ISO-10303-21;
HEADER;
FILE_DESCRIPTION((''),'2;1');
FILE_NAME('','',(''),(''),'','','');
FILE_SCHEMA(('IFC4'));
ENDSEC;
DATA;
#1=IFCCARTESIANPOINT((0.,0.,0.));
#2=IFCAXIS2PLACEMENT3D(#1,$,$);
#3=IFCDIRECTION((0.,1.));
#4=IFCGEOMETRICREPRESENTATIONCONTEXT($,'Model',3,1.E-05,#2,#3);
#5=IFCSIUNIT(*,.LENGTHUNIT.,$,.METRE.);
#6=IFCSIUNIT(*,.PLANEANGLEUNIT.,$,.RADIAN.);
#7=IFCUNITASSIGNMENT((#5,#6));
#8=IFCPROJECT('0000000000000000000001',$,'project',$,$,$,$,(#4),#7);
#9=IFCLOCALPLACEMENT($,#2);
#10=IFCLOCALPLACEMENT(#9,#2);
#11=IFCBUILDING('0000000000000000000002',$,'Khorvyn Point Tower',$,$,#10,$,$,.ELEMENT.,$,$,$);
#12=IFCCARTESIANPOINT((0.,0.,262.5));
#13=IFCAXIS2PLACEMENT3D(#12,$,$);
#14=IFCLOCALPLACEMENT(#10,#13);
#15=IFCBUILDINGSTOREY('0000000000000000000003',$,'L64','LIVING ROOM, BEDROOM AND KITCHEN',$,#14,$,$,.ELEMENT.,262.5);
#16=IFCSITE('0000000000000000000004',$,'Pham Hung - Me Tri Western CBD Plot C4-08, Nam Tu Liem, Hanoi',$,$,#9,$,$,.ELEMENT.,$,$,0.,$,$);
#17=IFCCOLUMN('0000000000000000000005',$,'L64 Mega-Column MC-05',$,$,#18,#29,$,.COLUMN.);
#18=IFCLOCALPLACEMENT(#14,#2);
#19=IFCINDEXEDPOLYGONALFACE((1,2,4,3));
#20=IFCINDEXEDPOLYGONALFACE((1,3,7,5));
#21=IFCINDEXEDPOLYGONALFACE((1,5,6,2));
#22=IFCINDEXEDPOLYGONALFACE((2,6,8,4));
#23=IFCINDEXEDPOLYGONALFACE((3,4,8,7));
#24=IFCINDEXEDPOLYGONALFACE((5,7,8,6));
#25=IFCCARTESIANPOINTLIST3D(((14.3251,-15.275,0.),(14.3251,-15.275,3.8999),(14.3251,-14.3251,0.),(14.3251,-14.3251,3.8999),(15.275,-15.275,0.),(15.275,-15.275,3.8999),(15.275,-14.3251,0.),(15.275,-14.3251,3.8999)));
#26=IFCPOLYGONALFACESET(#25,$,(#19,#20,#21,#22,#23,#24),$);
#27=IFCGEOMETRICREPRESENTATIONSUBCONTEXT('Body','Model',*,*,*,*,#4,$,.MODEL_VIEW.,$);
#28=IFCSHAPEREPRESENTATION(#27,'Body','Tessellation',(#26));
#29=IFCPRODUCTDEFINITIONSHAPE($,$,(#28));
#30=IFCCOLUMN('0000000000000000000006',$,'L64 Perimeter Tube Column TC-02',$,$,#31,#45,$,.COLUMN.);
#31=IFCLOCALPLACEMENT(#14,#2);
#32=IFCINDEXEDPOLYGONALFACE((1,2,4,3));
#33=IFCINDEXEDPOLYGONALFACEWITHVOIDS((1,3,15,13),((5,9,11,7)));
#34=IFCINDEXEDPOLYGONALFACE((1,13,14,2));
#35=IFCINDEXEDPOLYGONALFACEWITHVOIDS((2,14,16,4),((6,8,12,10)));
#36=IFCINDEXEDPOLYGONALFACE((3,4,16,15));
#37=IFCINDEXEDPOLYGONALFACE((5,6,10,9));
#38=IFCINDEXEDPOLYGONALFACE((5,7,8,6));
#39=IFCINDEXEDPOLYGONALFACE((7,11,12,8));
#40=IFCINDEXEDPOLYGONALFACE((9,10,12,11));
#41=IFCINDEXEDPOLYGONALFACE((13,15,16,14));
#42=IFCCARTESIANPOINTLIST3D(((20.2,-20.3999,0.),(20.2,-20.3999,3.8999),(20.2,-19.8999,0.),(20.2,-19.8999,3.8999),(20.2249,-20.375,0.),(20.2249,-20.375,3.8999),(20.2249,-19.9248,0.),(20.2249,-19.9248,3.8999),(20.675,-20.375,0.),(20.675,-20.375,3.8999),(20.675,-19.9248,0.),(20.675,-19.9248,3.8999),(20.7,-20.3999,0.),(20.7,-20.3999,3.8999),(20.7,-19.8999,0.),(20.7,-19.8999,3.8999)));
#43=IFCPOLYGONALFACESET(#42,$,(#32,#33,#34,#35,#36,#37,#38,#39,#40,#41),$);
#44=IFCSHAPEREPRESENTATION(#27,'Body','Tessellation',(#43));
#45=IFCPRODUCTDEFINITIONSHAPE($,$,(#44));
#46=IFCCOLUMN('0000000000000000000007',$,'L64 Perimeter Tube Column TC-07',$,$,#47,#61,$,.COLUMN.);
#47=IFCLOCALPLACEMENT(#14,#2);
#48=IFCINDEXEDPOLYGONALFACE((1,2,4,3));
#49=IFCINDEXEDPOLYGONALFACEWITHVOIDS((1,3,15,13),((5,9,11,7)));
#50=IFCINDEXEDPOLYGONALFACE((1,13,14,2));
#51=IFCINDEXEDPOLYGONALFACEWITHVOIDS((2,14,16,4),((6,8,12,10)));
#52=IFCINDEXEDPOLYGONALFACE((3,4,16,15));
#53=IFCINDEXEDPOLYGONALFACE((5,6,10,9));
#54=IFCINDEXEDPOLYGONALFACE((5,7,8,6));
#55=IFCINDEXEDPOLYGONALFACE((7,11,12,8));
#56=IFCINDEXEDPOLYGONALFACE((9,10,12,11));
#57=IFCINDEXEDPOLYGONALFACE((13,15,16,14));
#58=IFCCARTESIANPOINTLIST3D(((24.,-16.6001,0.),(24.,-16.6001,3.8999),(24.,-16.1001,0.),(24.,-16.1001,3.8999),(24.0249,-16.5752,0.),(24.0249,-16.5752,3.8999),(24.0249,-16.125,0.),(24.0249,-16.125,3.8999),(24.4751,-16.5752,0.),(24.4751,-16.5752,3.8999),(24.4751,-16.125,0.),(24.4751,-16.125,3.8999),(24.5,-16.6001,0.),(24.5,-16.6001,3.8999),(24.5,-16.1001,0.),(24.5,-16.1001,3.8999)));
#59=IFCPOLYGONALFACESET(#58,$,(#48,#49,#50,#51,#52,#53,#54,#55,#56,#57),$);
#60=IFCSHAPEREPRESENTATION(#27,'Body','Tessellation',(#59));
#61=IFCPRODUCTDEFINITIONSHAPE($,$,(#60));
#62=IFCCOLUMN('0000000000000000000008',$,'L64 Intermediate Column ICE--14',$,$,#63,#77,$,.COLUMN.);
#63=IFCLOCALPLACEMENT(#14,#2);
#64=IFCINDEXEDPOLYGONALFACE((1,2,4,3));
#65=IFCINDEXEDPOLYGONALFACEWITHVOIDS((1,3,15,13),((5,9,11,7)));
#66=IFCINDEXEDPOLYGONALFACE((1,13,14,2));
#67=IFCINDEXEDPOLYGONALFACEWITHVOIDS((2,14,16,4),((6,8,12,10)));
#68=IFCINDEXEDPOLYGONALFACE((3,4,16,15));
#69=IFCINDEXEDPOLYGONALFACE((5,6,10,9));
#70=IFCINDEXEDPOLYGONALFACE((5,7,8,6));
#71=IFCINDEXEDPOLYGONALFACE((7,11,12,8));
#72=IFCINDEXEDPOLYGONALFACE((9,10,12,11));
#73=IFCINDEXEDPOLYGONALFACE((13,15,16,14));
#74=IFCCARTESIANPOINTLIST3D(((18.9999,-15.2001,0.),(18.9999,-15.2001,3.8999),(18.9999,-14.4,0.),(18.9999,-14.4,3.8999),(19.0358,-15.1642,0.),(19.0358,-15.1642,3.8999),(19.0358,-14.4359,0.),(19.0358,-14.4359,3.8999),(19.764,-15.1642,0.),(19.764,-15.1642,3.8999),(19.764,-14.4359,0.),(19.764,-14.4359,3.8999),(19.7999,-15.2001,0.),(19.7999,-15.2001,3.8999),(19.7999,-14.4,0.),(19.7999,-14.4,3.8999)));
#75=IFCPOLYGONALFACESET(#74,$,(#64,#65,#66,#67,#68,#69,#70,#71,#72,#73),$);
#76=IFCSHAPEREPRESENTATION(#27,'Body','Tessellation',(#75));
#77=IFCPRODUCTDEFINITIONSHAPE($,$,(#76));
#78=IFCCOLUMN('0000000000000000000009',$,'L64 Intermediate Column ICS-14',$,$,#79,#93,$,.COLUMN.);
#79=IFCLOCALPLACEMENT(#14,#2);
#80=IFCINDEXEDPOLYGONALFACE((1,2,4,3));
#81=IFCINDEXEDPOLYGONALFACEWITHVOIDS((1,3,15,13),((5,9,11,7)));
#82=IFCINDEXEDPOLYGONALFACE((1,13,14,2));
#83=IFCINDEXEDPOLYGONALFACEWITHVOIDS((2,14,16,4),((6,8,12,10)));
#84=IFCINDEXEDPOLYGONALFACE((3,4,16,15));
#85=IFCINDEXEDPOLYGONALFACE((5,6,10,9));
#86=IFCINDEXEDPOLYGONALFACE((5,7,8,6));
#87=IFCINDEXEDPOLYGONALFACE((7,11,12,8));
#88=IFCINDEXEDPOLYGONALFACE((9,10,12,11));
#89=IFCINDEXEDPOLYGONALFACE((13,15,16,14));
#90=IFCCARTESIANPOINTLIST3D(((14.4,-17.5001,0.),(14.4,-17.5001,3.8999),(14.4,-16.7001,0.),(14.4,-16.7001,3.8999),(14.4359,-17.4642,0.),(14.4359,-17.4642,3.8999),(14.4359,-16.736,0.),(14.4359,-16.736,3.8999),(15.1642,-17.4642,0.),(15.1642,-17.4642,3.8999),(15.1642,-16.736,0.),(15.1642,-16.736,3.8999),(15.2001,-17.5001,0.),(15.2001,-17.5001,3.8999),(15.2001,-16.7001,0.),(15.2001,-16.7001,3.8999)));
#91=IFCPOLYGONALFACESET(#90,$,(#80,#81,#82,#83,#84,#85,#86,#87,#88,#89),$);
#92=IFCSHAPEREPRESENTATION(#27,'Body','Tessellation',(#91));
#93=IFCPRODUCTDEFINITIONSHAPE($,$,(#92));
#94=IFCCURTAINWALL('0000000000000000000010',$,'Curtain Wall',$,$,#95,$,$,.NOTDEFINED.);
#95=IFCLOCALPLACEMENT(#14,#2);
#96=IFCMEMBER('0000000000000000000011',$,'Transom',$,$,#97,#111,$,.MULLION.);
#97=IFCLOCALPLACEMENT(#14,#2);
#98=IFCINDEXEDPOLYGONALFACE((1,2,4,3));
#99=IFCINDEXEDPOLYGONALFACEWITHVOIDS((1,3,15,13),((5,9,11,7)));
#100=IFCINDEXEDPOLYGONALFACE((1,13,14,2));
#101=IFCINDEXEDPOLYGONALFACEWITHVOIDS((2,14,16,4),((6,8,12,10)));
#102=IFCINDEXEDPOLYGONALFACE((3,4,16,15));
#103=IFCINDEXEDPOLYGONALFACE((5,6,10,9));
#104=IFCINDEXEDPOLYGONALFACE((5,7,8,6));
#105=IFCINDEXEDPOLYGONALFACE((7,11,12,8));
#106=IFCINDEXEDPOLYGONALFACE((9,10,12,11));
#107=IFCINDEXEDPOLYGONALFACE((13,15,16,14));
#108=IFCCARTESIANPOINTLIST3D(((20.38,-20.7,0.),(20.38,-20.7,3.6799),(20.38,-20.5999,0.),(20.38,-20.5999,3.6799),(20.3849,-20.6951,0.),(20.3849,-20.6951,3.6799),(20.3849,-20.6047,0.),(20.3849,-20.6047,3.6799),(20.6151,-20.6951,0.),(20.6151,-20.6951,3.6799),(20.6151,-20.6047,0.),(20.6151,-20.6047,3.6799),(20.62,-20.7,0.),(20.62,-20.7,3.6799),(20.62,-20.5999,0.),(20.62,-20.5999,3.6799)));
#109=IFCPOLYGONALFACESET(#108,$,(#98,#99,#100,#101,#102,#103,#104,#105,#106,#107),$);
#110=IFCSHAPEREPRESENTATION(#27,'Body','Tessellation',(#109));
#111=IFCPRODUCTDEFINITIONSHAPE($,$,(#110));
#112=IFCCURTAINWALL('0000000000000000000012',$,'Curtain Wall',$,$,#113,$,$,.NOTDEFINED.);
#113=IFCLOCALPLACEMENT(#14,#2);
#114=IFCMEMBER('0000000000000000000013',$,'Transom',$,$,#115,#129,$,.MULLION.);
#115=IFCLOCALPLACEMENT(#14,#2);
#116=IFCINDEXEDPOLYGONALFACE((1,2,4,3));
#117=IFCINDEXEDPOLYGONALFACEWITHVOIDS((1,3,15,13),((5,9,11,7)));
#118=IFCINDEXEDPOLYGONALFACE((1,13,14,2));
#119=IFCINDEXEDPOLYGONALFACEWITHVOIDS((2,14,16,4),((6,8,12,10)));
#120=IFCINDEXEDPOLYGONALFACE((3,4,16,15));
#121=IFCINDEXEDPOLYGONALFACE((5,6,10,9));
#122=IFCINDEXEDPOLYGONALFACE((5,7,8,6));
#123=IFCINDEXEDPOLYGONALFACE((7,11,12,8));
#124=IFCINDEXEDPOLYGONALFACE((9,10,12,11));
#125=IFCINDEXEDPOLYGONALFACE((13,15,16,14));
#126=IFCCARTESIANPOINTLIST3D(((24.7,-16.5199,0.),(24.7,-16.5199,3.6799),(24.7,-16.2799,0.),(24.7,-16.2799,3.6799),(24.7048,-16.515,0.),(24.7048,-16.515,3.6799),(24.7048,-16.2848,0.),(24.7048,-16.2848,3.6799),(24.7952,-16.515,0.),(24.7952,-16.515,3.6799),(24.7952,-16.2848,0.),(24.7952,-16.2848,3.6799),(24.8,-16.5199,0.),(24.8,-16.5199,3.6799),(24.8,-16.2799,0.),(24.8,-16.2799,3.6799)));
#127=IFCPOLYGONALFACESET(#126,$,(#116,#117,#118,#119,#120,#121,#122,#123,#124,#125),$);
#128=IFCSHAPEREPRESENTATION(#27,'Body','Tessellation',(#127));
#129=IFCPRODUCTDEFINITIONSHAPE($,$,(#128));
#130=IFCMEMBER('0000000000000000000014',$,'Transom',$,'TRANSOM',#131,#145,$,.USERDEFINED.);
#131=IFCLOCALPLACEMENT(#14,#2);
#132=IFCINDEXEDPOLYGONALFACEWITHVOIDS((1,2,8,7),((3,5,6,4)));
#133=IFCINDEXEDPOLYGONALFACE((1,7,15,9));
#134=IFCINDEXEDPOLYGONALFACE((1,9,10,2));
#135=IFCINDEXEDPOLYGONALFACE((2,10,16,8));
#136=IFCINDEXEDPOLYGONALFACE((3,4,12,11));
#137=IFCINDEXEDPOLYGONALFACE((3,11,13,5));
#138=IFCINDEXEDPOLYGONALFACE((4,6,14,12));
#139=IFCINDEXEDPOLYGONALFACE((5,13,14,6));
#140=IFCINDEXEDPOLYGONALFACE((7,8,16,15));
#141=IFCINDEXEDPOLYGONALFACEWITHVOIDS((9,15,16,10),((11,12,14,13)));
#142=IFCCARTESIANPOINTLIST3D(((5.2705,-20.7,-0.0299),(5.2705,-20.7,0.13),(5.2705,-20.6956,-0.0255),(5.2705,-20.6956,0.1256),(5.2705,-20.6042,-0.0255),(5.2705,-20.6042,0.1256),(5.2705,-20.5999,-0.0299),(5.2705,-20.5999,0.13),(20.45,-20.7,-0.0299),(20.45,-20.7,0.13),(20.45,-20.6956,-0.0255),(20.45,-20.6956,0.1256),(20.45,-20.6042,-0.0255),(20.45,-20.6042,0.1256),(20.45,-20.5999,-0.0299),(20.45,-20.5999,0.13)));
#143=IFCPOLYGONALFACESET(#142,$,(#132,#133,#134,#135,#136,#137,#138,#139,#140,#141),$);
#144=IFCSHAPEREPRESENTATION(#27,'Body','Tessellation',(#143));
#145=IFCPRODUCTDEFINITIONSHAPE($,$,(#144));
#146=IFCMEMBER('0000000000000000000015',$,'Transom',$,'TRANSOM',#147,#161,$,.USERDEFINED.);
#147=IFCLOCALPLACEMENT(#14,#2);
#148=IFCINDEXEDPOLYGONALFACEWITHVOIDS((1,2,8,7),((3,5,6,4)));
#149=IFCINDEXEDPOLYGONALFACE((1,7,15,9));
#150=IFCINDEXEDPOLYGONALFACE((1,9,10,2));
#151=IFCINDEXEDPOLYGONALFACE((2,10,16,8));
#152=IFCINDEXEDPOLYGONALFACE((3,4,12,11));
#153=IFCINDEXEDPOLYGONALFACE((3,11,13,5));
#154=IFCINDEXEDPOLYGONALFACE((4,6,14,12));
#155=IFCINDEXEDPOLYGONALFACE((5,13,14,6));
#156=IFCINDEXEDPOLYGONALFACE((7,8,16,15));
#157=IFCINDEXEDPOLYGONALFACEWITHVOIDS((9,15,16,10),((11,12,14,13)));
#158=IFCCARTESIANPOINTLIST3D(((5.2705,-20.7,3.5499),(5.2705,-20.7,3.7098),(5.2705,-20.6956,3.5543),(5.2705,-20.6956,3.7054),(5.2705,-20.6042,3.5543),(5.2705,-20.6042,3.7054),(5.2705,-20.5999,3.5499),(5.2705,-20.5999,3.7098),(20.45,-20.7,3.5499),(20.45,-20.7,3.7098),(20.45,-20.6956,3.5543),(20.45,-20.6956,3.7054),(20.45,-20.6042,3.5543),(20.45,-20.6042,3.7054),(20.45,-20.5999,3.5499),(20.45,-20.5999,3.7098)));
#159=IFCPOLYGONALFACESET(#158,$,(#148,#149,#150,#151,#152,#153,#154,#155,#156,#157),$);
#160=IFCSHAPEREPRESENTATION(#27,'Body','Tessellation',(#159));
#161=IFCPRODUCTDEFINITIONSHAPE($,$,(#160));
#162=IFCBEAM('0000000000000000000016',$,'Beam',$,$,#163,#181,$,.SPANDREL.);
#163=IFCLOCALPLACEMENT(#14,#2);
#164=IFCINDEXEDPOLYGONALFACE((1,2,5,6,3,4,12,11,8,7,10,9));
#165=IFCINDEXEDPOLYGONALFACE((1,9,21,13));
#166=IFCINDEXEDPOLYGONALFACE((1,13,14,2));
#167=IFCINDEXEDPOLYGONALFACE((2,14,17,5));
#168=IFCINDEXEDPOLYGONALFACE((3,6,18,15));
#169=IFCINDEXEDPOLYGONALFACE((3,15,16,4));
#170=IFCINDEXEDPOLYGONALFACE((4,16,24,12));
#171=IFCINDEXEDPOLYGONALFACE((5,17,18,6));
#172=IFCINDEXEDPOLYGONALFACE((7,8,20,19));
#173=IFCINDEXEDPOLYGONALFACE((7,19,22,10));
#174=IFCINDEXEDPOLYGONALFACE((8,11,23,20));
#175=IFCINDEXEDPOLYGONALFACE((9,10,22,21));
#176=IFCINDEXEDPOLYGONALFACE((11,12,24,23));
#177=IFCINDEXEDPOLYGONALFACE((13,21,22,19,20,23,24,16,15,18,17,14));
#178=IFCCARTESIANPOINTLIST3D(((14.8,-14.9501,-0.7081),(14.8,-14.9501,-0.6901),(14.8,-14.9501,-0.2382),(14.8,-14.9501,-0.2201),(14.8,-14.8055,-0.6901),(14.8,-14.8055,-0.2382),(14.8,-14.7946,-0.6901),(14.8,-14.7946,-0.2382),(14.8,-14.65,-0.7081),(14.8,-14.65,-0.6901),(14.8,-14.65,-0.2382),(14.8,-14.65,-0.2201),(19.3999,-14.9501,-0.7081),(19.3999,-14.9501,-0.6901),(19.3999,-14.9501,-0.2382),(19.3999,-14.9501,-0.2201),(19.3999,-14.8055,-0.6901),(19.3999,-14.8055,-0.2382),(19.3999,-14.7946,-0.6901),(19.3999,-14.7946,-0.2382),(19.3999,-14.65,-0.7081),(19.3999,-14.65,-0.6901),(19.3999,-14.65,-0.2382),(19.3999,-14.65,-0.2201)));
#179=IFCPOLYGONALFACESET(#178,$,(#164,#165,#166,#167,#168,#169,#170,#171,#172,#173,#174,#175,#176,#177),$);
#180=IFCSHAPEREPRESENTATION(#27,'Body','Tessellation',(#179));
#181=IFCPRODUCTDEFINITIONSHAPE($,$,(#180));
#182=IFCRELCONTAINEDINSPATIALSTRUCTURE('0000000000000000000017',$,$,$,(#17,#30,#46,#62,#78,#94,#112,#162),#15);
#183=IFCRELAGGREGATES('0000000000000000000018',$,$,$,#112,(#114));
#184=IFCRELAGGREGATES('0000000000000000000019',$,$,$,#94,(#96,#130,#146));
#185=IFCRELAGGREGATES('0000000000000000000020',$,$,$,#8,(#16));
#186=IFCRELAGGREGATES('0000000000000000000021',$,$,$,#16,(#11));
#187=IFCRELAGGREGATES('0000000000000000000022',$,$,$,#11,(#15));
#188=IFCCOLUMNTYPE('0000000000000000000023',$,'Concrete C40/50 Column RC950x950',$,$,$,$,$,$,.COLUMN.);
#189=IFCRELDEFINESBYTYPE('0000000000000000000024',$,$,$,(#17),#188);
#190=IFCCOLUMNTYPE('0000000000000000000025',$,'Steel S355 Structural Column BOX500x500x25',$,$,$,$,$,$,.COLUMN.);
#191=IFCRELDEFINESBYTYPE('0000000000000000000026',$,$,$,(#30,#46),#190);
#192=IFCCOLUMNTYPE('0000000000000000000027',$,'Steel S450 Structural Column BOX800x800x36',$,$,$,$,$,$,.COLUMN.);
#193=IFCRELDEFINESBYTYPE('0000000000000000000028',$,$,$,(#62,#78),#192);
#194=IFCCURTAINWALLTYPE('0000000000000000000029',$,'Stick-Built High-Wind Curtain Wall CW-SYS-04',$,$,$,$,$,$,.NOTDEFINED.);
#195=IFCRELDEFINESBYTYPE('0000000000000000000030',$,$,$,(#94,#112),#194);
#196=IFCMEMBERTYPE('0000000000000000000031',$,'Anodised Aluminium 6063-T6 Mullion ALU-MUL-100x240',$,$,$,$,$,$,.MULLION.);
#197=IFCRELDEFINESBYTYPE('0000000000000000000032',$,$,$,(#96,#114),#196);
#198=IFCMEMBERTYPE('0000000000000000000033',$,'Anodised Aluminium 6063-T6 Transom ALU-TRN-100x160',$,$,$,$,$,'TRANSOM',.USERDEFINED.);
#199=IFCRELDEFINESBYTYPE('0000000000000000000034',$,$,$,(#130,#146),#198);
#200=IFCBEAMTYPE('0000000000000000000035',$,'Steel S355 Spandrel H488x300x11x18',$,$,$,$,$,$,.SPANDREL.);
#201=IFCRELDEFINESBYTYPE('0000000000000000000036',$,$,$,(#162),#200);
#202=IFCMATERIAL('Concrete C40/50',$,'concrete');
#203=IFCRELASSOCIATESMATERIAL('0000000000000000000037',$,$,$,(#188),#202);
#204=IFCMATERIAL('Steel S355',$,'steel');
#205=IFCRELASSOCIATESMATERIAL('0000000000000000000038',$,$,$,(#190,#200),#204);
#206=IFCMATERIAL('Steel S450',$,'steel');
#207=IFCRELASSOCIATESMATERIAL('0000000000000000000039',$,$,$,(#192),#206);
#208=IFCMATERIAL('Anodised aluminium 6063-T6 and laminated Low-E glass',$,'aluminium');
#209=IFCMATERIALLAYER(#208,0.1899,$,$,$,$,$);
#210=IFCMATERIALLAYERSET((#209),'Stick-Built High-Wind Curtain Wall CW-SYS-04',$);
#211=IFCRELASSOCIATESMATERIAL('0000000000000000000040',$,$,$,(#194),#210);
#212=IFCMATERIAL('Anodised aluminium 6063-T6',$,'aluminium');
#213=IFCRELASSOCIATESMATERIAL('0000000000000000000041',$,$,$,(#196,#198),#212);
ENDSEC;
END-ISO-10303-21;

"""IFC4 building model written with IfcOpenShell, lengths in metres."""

from ifc_helpers import new_model, si_unit, direction, frame, origin, origin_2d, place, context, subcontext, project, spatial, rectangle, hollow_rectangle, i_section, extrude, material, layer, layer_set, material_profile, profile_set, type_object, element, aggregate, save


model = new_model("IFC4")

# Units and contexts
model_context = context("Model", 3, precision=1e-05, world=origin(), true_north=direction((0.0, 1.0)))
body_context = subcontext(model_context, "Body", "Model", "MODEL_VIEW")
ifc_project = project(units=[si_unit("LENGTHUNIT", "METRE"), si_unit("PLANEANGLEUNIT", "RADIAN")], contexts=[model_context])

# Site, building, storey
site_placement = place(None, origin())
site = spatial("IfcSite", under=ifc_project, at=site_placement, Name="Pham Hung - Me Tri Western CBD Plot C4-08, Nam Tu Liem, Hanoi", CompositionType="ELEMENT", RefElevation=0.0)
building_placement = place(site_placement, origin())
building = spatial("IfcBuilding", under=site, at=building_placement, Name="Khorvyn Point Tower", CompositionType="ELEMENT")
storey_placement = place(building_placement, frame((0.0, 0.0, 262.5)))
storey = spatial("IfcBuildingStorey", under=building, at=storey_placement, Name="L64", Description="LIVING ROOM, BEDROOM AND KITCHEN", CompositionType="ELEMENT", Elevation=262.5)

# Columns
ifc_material_1 = material(Name="Concrete C40/50", Category="concrete")
ifc_material_profile_1 = material_profile(ifc_material_1, rectangle(XDim=0.95, YDim=0.95, at=origin_2d()))
ifc_profile_set_1 = profile_set([ifc_material_profile_1], Name="Concrete C40/50 RC950x950")
column_type_1 = type_object("IfcColumnType", Name="Concrete C40/50 Column RC950x950", PredefinedType="COLUMN", material=ifc_profile_set_1)
column_placement = place(storey_placement, frame((14.8, -14.8, 0.0), z_axis=(0.0, 0.0, 1.0), x_axis=(1.0, 0.0, 0.0)))
element("IfcColumn", 1, at=column_placement, inside=storey, type_object=column_type_1, Name="L64 Mega-Column MC-05", PredefinedType="COLUMN", context=body_context, shape_type="SweptSolid", body=[
    extrude(rectangle(XDim=0.95, YDim=0.95, at=origin_2d()), origin(), (0.0, 0.0, 1.0), 3.8999),
])
ifc_material_2 = material(Name="Steel S355", Category="steel")
ifc_material_profile_2 = material_profile(ifc_material_2, hollow_rectangle(XDim=0.5, YDim=0.5, WallThickness=0.0249, at=origin_2d()))
ifc_profile_set_2 = profile_set([ifc_material_profile_2], Name="Steel S355 BOX500x500x25")
column_type_2 = type_object("IfcColumnType", Name="Steel S355 Structural Column BOX500x500x25", PredefinedType="COLUMN", material=ifc_profile_set_2)
for number, where, z_axis, x_axis, name in (
    (2, (20.45, -20.1499, 0.0), (0.0, 0.0, 1.0), (1.0, 0.0, 0.0), "L64 Perimeter Tube Column TC-02"),
    (3, (24.25, -16.3501, 0.0), (0.0, 0.0, 1.0), (1.0, 0.0, 0.0), "L64 Perimeter Tube Column TC-07"),
):
    element("IfcColumn", number, at=place(storey_placement, frame(where, z_axis=z_axis, x_axis=x_axis)), inside=storey, type_object=column_type_2, Name=name, PredefinedType="COLUMN", context=body_context, shape_type="SweptSolid", body=[
        extrude(hollow_rectangle(XDim=0.5, YDim=0.5, WallThickness=0.0249, at=origin_2d()), origin(), (0.0, 0.0, 1.0), 3.8999),
    ])
ifc_material_3 = material(Name="Steel S450", Category="steel")
ifc_material_profile_3 = material_profile(ifc_material_3, hollow_rectangle(XDim=0.8, YDim=0.8, WallThickness=0.0359, at=origin_2d()))
ifc_profile_set_3 = profile_set([ifc_material_profile_3], Name="Steel S450 BOX800x800x36")
column_type_3 = type_object("IfcColumnType", Name="Steel S450 Structural Column BOX800x800x36", PredefinedType="COLUMN", material=ifc_profile_set_3)
for number, where, z_axis, x_axis, name in (
    (4, (19.3999, -14.8, 0.0), (0.0, 0.0, 1.0), (1.0, 0.0, 0.0), "L64 Intermediate Column ICE--14"),
    (5, (14.8, -17.1001, 0.0), (0.0, 0.0, 1.0), (1.0, 0.0, 0.0), "L64 Intermediate Column ICS-14"),
):
    element("IfcColumn", number, at=place(storey_placement, frame(where, z_axis=z_axis, x_axis=x_axis)), inside=storey, type_object=column_type_3, Name=name, PredefinedType="COLUMN", context=body_context, shape_type="SweptSolid", body=[
        extrude(hollow_rectangle(XDim=0.8, YDim=0.8, WallThickness=0.0359, at=origin_2d()), origin(), (0.0, 0.0, 1.0), 3.8999),
    ])

# Curtain walls, members
ifc_material_4 = material(Name="Anodised aluminium 6063-T6 and laminated Low-E glass", Category="aluminium")
ifc_layer_1 = layer(ifc_material_4, 0.1899)
ifc_layer_set_1 = layer_set([ifc_layer_1], Name="Stick-Built High-Wind Curtain Wall CW-SYS-04")
curtain_wall_type = type_object("IfcCurtainWallType", Name="Stick-Built High-Wind Curtain Wall CW-SYS-04", PredefinedType="NOTDEFINED", material=ifc_layer_set_1)
curtain_wall_1_placement = place(storey_placement, origin())
curtain_wall_1 = element("IfcCurtainWall", 6, at=curtain_wall_1_placement, inside=storey, type_object=curtain_wall_type, Name="Curtain Wall", PredefinedType="NOTDEFINED")
ifc_material_5 = material(Name="Anodised aluminium 6063-T6", Category="aluminium")
ifc_material_profile_4 = material_profile(ifc_material_5, hollow_rectangle(XDim=0.1001, YDim=0.24, WallThickness=0.0049, at=origin_2d()))
ifc_profile_set_4 = profile_set([ifc_material_profile_4], Name="Anodised aluminium 6063-T6 ALU-MUL-100x240")
member_type_1 = type_object("IfcMemberType", Name="Anodised Aluminium 6063-T6 Mullion ALU-MUL-100x240", PredefinedType="MULLION", material=ifc_profile_set_4)
member_1_placement = place(storey_placement, frame((20.5, -20.6499, 0.0), z_axis=(0.0, 0.0, 1.0), x_axis=(0.0, -1.0, 0.0)))
member_1 = element("IfcMember", 7, at=member_1_placement, type_object=member_type_1, Name="Transom", PredefinedType="MULLION", context=body_context, shape_type="SweptSolid", body=[
    extrude(hollow_rectangle(XDim=0.1001, YDim=0.24, WallThickness=0.0049, at=origin_2d()), origin(), (0.0, 0.0, 1.0), 3.6799),
])
curtain_wall_2_placement = place(storey_placement, origin())
curtain_wall_2 = element("IfcCurtainWall", 8, at=curtain_wall_2_placement, inside=storey, type_object=curtain_wall_type, Name="Curtain Wall", PredefinedType="NOTDEFINED")
member_2_placement = place(storey_placement, frame((24.75, -16.3999, 0.0), z_axis=(0.0, 0.0, 1.0), x_axis=(1.0, 0.0, 0.0)))
member_2 = element("IfcMember", 9, at=member_2_placement, type_object=member_type_1, Name="Transom", PredefinedType="MULLION", context=body_context, shape_type="SweptSolid", body=[
    extrude(hollow_rectangle(XDim=0.1001, YDim=0.24, WallThickness=0.0049, at=origin_2d()), origin(), (0.0, 0.0, 1.0), 3.6799),
])
aggregate(curtain_wall_2, [member_2])

# Members
ifc_material_profile_5 = material_profile(ifc_material_5, hollow_rectangle(XDim=0.1001, YDim=0.1599, WallThickness=0.0044, at=origin_2d()))
ifc_profile_set_5 = profile_set([ifc_material_profile_5], Name="Anodised aluminium 6063-T6 ALU-TRN-100x160")
member_type_2 = type_object("IfcMemberType", Name="Anodised Aluminium 6063-T6 Transom ALU-TRN-100x160", ElementType="TRANSOM", PredefinedType="USERDEFINED", material=ifc_profile_set_5)
member_3_placement = place(storey_placement, frame((20.45, -20.6499, 0.05), z_axis=(-1.0, 0.0, 0.0), x_axis=(0.0, -1.0, 0.0)))
member_3 = element("IfcMember", 10, at=member_3_placement, type_object=member_type_2, Name="Transom", ObjectType="TRANSOM", PredefinedType="USERDEFINED", context=body_context, shape_type="SweptSolid", body=[
    extrude(hollow_rectangle(XDim=0.1001, YDim=0.1599, WallThickness=0.0044, at=origin_2d()), origin(), (0.0, 0.0, 1.0), 15.1794),
])
member_4_placement = place(storey_placement, frame((20.45, -20.6499, 3.6299), z_axis=(-1.0, 0.0, 0.0), x_axis=(0.0, -1.0, 0.0)))
member_4 = element("IfcMember", 11, at=member_4_placement, type_object=member_type_2, Name="Transom", ObjectType="TRANSOM", PredefinedType="USERDEFINED", context=body_context, shape_type="SweptSolid", body=[
    extrude(hollow_rectangle(XDim=0.1001, YDim=0.1599, WallThickness=0.0044, at=origin_2d()), origin(), (0.0, 0.0, 1.0), 15.1794),
])

# Beam
ifc_material_profile_6 = material_profile(ifc_material_2, i_section(OverallWidth=0.3, OverallDepth=0.488, WebThickness=0.011, FlangeThickness=0.0181, at=origin_2d()))
ifc_profile_set_6 = profile_set([ifc_material_profile_6], Name="Steel S355 H488x300x11x18")
beam_type_1 = type_object("IfcBeamType", Name="Steel S355 Spandrel H488x300x11x18", PredefinedType="SPANDREL", material=ifc_profile_set_6)
beam_1_placement = place(storey_placement, frame((14.8, -14.8, -0.4641), z_axis=(1.0, 0.0, 0.0), x_axis=(0.0, 1.0, 0.0)))
element("IfcBeam", 12, at=beam_1_placement, inside=storey, type_object=beam_type_1, Name="Beam", PredefinedType="SPANDREL", context=body_context, shape_type="SweptSolid", body=[
    extrude(i_section(OverallWidth=0.3, OverallDepth=0.488, WebThickness=0.011, FlangeThickness=0.0181, at=origin_2d()), origin(), (0.0, 0.0, 1.0), 4.5999),
])

aggregate(curtain_wall_1, [member_1, member_3, member_4])

save(model, "model.ifc")
